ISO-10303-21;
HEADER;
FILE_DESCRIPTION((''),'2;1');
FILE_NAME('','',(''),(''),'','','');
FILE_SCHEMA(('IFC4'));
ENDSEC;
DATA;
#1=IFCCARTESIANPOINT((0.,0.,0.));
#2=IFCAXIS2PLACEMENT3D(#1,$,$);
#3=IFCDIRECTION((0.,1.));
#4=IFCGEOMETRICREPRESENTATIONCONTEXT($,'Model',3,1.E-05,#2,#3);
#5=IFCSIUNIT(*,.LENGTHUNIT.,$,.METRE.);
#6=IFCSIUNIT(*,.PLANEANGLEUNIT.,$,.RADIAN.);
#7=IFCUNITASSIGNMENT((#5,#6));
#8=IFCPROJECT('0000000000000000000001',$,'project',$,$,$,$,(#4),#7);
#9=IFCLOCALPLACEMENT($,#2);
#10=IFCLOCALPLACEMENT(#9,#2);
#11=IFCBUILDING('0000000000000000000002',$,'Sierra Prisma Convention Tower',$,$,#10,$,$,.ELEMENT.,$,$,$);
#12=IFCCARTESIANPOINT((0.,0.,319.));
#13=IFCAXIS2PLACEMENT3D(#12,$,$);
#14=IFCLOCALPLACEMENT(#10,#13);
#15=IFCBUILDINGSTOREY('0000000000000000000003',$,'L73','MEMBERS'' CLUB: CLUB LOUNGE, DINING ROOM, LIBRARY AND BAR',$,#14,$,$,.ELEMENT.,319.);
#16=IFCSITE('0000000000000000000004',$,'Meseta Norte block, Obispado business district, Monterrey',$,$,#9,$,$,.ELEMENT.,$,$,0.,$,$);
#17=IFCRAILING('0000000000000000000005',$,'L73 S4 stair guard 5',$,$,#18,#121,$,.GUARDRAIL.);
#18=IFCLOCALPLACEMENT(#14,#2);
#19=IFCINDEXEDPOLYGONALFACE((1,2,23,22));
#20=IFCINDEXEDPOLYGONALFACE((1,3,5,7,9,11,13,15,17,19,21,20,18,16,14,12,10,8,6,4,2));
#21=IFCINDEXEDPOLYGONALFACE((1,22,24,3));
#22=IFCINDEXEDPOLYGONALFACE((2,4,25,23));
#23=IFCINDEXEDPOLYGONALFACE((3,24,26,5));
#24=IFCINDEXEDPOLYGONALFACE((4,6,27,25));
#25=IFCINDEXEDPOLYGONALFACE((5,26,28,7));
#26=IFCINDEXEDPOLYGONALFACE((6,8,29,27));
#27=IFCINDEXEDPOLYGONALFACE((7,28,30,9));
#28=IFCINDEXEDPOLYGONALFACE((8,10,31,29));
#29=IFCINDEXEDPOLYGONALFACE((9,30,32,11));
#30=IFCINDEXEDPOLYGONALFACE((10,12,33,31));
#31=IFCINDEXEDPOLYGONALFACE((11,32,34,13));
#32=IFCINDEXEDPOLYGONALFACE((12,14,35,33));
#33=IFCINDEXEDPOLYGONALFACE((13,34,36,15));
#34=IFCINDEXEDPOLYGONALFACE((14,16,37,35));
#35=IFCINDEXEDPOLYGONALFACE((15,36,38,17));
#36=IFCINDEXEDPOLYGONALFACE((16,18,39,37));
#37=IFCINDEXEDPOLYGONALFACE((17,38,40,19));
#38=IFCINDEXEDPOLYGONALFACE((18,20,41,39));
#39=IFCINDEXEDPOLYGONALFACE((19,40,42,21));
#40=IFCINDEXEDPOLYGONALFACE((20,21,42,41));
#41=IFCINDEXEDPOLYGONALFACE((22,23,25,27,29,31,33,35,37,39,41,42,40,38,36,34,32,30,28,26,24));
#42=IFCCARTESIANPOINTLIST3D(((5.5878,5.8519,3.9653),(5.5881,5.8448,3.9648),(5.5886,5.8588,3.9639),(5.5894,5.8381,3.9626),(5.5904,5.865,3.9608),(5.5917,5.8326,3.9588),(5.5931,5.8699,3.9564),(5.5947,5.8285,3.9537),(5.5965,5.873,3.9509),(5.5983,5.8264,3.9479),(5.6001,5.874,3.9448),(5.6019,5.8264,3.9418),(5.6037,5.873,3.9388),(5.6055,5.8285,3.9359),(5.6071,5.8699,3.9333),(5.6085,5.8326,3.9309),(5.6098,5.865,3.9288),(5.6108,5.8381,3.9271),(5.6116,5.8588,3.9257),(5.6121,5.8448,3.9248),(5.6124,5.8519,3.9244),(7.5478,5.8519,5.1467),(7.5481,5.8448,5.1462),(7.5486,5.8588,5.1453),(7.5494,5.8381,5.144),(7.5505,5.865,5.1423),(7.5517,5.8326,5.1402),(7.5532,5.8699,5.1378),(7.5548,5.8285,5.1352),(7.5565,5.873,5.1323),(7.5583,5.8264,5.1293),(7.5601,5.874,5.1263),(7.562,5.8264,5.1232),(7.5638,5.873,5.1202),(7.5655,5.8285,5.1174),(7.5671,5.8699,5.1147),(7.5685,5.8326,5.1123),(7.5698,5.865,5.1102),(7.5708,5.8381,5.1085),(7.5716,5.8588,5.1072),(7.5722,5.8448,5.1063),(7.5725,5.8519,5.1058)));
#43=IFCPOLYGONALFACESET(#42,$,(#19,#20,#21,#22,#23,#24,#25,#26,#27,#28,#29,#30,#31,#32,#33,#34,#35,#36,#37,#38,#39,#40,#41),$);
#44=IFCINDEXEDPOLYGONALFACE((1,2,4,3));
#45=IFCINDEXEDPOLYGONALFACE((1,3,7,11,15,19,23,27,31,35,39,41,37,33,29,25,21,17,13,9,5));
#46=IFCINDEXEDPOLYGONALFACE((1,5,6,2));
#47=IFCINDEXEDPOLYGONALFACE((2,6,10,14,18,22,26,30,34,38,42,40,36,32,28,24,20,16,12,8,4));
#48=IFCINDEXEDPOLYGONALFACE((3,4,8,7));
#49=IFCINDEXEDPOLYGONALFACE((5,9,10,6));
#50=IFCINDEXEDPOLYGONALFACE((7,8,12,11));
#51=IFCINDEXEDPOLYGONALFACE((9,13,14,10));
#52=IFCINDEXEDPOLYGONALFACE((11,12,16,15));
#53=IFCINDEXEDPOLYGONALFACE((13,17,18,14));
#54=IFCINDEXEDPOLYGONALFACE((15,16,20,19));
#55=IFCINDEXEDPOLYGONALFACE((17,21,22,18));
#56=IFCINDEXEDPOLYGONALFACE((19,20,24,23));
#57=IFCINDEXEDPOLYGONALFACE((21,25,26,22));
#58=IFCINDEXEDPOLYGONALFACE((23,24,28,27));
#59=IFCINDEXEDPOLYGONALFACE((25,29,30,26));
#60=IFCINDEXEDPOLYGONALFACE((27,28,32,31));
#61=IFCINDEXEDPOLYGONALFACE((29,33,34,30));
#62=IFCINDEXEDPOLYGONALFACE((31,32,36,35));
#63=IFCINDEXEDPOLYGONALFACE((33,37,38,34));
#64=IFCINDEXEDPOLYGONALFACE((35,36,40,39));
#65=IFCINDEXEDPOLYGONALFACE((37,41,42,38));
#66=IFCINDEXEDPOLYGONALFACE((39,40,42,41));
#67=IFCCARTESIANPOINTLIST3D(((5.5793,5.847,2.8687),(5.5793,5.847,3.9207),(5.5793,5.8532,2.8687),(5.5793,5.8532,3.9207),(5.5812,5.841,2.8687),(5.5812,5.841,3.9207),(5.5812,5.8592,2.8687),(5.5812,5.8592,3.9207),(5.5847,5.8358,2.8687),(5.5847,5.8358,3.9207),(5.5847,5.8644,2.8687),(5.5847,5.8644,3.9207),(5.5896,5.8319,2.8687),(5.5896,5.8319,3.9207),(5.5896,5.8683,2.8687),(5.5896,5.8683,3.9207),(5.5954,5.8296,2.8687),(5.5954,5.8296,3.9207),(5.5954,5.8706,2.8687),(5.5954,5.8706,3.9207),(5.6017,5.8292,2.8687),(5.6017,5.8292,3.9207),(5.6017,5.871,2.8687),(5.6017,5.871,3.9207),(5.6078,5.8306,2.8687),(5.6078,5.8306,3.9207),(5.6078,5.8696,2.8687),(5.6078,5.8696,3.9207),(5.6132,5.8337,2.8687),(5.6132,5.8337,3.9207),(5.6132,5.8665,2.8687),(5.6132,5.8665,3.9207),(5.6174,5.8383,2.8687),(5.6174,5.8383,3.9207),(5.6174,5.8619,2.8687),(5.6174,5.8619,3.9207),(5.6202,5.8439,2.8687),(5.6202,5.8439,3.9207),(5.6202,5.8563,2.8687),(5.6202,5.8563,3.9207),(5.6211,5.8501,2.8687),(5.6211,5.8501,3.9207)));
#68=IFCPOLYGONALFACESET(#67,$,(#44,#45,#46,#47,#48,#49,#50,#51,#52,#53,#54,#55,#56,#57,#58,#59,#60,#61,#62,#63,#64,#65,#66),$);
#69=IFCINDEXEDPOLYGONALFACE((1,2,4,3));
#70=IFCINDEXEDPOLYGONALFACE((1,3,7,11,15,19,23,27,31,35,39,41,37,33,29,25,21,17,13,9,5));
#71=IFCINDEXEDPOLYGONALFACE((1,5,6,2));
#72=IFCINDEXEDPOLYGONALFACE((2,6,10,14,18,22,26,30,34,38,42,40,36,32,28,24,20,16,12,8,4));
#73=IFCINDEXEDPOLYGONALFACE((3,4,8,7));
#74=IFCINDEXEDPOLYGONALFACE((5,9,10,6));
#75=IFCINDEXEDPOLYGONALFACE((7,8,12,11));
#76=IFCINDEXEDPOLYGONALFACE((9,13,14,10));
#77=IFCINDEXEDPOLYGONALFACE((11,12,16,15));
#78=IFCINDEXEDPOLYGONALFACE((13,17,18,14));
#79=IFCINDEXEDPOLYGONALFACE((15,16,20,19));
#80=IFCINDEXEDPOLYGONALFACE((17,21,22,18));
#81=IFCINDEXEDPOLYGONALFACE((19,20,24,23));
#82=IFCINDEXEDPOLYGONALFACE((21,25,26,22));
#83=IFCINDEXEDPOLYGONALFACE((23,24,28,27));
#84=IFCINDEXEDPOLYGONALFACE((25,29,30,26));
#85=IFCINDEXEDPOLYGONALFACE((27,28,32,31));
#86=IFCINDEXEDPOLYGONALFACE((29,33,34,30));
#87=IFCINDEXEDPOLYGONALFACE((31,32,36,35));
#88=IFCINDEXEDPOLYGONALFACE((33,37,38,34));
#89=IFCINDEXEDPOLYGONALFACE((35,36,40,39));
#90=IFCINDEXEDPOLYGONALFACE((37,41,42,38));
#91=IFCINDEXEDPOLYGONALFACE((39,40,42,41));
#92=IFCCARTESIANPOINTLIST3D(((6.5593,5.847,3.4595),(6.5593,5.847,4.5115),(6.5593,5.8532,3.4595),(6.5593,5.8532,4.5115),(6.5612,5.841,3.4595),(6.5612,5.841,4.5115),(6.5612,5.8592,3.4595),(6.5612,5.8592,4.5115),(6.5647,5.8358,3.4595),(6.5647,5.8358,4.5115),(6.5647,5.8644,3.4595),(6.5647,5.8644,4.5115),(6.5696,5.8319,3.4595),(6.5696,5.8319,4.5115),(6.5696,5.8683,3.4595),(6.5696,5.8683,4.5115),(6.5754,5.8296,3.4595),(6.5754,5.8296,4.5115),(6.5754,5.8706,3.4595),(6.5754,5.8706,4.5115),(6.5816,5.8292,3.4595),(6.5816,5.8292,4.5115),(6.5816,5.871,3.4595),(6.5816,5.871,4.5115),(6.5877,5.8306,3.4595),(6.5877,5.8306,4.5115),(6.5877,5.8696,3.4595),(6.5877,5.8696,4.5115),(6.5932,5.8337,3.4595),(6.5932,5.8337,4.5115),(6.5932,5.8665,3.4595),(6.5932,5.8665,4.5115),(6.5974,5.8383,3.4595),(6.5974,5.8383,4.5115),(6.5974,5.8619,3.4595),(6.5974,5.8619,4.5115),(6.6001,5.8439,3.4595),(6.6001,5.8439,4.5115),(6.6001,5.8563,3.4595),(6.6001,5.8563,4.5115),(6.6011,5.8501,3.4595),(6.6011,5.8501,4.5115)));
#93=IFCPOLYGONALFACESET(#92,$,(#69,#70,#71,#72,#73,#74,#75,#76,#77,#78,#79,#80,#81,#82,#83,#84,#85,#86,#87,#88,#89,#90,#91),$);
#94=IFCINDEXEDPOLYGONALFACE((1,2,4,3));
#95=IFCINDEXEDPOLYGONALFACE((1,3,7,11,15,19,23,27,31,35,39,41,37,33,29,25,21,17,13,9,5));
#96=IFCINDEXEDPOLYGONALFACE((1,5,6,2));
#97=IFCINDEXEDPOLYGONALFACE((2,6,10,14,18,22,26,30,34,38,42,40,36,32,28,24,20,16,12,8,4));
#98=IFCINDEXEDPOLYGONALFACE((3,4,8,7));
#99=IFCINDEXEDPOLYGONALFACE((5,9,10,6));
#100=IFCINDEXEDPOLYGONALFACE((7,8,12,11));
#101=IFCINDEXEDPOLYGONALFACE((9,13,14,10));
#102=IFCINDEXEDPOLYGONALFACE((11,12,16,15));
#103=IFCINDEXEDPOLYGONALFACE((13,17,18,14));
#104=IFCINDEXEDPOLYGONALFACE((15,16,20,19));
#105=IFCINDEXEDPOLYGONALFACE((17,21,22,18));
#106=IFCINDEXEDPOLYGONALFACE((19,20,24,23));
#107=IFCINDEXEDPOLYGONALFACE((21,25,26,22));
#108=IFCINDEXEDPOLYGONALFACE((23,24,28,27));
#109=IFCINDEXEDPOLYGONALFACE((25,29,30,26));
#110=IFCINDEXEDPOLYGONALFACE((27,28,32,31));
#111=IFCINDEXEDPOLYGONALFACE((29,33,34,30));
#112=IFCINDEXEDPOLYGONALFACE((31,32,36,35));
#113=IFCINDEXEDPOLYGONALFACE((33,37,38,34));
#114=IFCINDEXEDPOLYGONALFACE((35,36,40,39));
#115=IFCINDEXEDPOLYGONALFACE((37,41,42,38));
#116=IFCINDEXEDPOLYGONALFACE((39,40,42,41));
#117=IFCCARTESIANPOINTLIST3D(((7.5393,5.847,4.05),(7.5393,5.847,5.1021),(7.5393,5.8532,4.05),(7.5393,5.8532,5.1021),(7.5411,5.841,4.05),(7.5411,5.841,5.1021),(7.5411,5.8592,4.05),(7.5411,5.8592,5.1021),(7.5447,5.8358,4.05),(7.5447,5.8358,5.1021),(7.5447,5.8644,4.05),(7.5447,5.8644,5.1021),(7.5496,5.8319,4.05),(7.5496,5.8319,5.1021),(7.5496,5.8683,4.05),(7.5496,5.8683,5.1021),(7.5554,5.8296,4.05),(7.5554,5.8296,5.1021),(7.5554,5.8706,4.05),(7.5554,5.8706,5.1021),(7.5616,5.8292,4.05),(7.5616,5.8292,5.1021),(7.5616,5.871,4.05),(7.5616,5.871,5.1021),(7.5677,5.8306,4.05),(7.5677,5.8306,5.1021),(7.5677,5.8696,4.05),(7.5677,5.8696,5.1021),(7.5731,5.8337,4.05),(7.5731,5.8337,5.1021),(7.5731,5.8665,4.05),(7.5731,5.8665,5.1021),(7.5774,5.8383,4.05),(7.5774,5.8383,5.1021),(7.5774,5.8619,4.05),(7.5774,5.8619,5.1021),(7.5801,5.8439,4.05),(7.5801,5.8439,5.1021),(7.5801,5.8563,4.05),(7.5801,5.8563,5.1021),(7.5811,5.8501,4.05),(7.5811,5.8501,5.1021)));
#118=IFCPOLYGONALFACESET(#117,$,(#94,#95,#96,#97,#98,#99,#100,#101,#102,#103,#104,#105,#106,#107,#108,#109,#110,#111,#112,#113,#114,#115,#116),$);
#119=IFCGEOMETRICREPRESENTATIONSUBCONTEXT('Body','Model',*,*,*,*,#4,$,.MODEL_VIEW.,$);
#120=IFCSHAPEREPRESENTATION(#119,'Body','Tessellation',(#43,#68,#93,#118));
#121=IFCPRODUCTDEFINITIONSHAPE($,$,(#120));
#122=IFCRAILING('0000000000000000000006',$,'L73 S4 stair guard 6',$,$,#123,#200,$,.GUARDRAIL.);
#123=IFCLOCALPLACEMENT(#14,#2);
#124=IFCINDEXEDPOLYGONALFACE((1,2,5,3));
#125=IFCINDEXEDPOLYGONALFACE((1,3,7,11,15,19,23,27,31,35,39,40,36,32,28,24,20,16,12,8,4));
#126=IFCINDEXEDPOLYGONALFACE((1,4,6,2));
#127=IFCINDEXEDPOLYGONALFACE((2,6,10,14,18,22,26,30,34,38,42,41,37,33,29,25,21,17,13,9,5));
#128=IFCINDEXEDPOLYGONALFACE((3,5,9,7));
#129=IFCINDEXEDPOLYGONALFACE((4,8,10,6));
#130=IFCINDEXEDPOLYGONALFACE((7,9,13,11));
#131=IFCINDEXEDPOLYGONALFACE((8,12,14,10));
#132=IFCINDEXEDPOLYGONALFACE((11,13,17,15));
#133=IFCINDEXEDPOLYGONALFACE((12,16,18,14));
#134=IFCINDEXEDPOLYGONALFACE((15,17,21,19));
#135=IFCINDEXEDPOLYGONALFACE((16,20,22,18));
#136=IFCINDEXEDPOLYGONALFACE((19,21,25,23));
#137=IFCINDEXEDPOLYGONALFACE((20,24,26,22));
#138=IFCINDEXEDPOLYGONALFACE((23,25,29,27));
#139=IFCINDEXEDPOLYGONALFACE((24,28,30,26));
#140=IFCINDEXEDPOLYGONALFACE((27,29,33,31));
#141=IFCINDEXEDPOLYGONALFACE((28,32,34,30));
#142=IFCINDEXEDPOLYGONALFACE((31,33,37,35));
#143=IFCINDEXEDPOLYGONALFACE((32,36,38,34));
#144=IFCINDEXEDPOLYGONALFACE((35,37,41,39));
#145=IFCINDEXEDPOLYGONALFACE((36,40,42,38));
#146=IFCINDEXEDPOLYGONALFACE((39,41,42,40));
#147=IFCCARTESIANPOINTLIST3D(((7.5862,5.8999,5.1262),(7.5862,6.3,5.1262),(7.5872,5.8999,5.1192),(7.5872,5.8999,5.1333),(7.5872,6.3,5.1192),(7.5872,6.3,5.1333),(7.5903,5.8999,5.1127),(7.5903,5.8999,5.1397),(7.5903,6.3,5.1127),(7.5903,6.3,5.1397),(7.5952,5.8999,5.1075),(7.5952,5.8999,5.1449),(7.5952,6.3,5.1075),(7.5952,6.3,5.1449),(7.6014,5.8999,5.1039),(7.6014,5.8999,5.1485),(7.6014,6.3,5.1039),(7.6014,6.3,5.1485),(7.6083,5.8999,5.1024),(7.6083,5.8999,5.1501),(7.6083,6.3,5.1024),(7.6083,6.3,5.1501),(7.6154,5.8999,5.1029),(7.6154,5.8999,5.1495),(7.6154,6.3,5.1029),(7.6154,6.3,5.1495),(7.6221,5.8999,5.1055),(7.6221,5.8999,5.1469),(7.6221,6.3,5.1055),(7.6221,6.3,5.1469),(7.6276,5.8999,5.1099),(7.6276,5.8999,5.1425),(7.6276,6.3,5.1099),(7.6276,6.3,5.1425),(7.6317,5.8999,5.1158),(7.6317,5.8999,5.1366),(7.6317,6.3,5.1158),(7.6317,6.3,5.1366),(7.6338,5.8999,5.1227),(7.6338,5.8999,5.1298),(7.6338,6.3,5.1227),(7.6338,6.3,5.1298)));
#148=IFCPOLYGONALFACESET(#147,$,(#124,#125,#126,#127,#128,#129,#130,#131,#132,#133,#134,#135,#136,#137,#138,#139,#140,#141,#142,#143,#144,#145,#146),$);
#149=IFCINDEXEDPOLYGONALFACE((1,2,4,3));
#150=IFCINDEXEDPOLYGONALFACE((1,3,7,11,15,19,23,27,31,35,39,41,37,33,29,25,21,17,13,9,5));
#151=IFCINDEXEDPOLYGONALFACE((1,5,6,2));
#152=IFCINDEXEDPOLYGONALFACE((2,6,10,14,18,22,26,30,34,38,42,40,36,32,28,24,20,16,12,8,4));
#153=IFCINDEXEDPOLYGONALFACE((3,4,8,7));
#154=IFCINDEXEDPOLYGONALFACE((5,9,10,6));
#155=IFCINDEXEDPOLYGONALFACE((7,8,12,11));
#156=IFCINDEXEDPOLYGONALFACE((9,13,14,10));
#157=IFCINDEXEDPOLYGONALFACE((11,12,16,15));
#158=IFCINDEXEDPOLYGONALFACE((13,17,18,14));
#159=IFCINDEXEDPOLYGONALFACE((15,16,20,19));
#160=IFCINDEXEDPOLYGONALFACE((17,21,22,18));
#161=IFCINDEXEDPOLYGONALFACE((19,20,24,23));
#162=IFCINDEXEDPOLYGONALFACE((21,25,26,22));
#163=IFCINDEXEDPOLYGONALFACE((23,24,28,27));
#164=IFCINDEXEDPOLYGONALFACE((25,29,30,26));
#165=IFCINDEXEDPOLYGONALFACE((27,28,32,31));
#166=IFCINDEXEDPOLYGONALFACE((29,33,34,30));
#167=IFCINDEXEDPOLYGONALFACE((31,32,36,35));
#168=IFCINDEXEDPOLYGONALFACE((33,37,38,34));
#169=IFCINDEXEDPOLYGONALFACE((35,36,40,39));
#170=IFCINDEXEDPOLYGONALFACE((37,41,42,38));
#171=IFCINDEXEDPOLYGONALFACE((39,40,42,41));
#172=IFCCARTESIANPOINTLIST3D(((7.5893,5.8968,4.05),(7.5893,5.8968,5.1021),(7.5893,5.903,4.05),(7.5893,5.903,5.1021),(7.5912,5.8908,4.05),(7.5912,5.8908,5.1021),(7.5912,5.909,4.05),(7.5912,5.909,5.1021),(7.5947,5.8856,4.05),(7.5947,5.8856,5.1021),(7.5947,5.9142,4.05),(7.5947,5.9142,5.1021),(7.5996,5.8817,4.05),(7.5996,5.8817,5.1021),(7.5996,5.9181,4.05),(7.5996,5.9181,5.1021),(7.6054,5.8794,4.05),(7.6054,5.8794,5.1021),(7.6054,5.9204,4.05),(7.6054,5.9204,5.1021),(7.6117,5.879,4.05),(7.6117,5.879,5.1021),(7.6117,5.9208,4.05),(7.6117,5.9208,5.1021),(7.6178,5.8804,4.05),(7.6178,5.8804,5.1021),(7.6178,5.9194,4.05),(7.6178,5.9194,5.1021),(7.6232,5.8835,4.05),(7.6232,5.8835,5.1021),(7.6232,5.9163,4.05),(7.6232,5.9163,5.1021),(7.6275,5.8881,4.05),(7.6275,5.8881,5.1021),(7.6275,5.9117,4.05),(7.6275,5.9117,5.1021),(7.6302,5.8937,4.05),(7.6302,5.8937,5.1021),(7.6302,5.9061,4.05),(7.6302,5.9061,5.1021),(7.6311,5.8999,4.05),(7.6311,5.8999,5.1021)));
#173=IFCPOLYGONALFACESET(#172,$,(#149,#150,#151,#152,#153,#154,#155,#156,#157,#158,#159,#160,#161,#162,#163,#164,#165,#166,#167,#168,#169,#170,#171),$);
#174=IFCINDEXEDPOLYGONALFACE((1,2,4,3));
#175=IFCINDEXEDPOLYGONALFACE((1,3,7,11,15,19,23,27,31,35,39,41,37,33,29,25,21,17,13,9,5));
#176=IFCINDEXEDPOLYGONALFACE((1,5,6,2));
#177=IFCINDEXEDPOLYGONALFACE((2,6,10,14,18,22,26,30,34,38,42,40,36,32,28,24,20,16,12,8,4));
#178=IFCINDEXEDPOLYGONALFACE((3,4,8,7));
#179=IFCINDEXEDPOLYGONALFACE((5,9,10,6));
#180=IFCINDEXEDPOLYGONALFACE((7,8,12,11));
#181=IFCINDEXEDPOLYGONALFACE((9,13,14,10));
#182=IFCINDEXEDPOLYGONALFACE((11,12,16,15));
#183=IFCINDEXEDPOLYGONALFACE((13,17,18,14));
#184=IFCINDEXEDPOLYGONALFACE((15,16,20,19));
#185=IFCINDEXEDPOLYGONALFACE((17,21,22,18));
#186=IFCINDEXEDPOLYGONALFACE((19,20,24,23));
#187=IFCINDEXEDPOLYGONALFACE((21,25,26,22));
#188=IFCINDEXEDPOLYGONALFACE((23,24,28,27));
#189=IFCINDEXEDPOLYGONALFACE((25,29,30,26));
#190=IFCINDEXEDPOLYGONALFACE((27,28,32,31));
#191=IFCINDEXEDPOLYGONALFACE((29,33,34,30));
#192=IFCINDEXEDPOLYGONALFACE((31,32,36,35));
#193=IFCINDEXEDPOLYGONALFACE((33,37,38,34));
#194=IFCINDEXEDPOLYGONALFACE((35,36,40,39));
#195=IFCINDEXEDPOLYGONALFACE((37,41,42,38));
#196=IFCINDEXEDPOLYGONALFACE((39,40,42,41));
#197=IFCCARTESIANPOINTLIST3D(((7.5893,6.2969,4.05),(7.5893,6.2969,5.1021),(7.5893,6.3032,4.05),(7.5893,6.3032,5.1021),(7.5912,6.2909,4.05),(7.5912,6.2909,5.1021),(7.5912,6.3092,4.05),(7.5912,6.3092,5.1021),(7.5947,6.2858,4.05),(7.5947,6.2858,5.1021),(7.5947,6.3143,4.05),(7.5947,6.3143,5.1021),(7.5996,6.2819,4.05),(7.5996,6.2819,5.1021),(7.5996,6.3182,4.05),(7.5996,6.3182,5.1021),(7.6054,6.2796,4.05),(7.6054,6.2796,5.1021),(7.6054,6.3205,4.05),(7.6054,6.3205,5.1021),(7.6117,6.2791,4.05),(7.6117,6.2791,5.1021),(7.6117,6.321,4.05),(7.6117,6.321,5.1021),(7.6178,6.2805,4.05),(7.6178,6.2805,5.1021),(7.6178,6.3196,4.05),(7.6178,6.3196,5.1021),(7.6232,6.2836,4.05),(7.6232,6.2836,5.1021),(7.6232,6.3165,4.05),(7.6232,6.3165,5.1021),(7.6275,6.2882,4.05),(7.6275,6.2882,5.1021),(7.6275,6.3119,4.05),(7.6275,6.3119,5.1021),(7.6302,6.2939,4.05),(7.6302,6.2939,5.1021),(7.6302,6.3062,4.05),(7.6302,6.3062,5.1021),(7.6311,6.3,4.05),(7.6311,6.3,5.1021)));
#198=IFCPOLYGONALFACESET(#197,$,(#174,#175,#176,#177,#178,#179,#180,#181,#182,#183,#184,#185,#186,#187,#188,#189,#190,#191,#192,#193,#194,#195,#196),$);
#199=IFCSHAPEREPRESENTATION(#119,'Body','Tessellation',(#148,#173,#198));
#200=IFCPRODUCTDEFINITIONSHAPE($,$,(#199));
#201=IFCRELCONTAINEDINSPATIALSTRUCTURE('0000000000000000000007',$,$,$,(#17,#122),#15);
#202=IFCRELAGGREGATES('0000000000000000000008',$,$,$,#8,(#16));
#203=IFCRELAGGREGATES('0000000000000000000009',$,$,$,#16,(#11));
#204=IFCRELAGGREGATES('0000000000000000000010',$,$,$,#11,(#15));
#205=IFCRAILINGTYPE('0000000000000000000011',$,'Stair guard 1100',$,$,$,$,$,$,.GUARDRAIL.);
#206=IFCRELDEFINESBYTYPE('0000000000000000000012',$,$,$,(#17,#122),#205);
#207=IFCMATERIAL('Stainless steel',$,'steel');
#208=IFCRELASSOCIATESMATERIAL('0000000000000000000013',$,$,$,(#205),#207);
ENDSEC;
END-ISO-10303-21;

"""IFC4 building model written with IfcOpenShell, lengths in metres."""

from ifc_helpers import new_model, si_unit, direction, frame, origin, origin_2d, place, context, subcontext, project, spatial, circle, extrude, material, type_object, element, save


model = new_model("IFC4")

# Units and contexts
model_context = context("Model", 3, precision=1e-05, world=origin(), true_north=direction((0.0, 1.0)))
body_context = subcontext(model_context, "Body", "Model", "MODEL_VIEW")
ifc_project = project(units=[si_unit("LENGTHUNIT", "METRE"), si_unit("PLANEANGLEUNIT", "RADIAN")], contexts=[model_context])

# Site, building, storey
site_placement = place(None, origin())
site = spatial("IfcSite", under=ifc_project, at=site_placement, Name="Meseta Norte block, Obispado business district, Monterrey", CompositionType="ELEMENT", RefElevation=0.0)
building_placement = place(site_placement, origin())
building = spatial("IfcBuilding", under=site, at=building_placement, Name="Sierra Prisma Convention Tower", CompositionType="ELEMENT")
storey_placement = place(building_placement, frame((0.0, 0.0, 319.0)))
storey = spatial("IfcBuildingStorey", under=building, at=storey_placement, Name="L73", Description="MEMBERS' CLUB: CLUB LOUNGE, DINING ROOM, LIBRARY AND BAR", CompositionType="ELEMENT", Elevation=319.0)

# Railings
ifc_material_1 = material(Name="Stainless steel", Category="steel")
railing_type = type_object("IfcRailingType", Name="Stair guard 1100", PredefinedType="GUARDRAIL", material=ifc_material_1)
railing_1_placement = place(storey_placement, frame((5.6001, 5.8501, 2.8687)))
element("IfcRailing", 1, at=railing_1_placement, inside=storey, type_object=railing_type, Name="L73 S4 stair guard 5", PredefinedType="GUARDRAIL", context=body_context, shape_type="SweptSolid", body=[
    extrude(circle(Radius=0.0239, at=origin_2d()), frame((0.0, 0.0, 1.0762), z_axis=(0.856446, 0.0, 0.516236), x_axis=(0.0, 1.0, 0.0)), (0.0, 0.0, 1.0), 2.2886),
    extrude(circle(Radius=0.021, at=origin_2d()), origin(), (0.0, 0.0, 1.0), 1.052),
    extrude(circle(Radius=0.021, at=origin_2d()), frame((0.98, 0.0, 0.5908)), (0.0, 0.0, 1.0), 1.052),
    extrude(circle(Radius=0.021, at=origin_2d()), frame((1.96, 0.0, 1.1814)), (0.0, 0.0, 1.0), 1.052),
])
railing_2_placement = place(storey_placement, frame((7.6101, 5.8999, 4.05)))
element("IfcRailing", 2, at=railing_2_placement, inside=storey, type_object=railing_type, Name="L73 S4 stair guard 6", PredefinedType="GUARDRAIL", context=body_context, shape_type="SweptSolid", body=[
    extrude(circle(Radius=0.0239, at=origin_2d()), frame((0.0, 0.0, 1.0762), z_axis=(0.0, 1.0, 0.0), x_axis=(-1.0, 0.0, 0.0)), (0.0, 0.0, 1.0), 0.4001),
    extrude(circle(Radius=0.021, at=origin_2d()), origin(), (0.0, 0.0, 1.0), 1.052),
    extrude(circle(Radius=0.021, at=origin_2d()), frame((0.0, 0.4001, 0.0)), (0.0, 0.0, 1.0), 1.052),
])

save(model, "model.ifc")
